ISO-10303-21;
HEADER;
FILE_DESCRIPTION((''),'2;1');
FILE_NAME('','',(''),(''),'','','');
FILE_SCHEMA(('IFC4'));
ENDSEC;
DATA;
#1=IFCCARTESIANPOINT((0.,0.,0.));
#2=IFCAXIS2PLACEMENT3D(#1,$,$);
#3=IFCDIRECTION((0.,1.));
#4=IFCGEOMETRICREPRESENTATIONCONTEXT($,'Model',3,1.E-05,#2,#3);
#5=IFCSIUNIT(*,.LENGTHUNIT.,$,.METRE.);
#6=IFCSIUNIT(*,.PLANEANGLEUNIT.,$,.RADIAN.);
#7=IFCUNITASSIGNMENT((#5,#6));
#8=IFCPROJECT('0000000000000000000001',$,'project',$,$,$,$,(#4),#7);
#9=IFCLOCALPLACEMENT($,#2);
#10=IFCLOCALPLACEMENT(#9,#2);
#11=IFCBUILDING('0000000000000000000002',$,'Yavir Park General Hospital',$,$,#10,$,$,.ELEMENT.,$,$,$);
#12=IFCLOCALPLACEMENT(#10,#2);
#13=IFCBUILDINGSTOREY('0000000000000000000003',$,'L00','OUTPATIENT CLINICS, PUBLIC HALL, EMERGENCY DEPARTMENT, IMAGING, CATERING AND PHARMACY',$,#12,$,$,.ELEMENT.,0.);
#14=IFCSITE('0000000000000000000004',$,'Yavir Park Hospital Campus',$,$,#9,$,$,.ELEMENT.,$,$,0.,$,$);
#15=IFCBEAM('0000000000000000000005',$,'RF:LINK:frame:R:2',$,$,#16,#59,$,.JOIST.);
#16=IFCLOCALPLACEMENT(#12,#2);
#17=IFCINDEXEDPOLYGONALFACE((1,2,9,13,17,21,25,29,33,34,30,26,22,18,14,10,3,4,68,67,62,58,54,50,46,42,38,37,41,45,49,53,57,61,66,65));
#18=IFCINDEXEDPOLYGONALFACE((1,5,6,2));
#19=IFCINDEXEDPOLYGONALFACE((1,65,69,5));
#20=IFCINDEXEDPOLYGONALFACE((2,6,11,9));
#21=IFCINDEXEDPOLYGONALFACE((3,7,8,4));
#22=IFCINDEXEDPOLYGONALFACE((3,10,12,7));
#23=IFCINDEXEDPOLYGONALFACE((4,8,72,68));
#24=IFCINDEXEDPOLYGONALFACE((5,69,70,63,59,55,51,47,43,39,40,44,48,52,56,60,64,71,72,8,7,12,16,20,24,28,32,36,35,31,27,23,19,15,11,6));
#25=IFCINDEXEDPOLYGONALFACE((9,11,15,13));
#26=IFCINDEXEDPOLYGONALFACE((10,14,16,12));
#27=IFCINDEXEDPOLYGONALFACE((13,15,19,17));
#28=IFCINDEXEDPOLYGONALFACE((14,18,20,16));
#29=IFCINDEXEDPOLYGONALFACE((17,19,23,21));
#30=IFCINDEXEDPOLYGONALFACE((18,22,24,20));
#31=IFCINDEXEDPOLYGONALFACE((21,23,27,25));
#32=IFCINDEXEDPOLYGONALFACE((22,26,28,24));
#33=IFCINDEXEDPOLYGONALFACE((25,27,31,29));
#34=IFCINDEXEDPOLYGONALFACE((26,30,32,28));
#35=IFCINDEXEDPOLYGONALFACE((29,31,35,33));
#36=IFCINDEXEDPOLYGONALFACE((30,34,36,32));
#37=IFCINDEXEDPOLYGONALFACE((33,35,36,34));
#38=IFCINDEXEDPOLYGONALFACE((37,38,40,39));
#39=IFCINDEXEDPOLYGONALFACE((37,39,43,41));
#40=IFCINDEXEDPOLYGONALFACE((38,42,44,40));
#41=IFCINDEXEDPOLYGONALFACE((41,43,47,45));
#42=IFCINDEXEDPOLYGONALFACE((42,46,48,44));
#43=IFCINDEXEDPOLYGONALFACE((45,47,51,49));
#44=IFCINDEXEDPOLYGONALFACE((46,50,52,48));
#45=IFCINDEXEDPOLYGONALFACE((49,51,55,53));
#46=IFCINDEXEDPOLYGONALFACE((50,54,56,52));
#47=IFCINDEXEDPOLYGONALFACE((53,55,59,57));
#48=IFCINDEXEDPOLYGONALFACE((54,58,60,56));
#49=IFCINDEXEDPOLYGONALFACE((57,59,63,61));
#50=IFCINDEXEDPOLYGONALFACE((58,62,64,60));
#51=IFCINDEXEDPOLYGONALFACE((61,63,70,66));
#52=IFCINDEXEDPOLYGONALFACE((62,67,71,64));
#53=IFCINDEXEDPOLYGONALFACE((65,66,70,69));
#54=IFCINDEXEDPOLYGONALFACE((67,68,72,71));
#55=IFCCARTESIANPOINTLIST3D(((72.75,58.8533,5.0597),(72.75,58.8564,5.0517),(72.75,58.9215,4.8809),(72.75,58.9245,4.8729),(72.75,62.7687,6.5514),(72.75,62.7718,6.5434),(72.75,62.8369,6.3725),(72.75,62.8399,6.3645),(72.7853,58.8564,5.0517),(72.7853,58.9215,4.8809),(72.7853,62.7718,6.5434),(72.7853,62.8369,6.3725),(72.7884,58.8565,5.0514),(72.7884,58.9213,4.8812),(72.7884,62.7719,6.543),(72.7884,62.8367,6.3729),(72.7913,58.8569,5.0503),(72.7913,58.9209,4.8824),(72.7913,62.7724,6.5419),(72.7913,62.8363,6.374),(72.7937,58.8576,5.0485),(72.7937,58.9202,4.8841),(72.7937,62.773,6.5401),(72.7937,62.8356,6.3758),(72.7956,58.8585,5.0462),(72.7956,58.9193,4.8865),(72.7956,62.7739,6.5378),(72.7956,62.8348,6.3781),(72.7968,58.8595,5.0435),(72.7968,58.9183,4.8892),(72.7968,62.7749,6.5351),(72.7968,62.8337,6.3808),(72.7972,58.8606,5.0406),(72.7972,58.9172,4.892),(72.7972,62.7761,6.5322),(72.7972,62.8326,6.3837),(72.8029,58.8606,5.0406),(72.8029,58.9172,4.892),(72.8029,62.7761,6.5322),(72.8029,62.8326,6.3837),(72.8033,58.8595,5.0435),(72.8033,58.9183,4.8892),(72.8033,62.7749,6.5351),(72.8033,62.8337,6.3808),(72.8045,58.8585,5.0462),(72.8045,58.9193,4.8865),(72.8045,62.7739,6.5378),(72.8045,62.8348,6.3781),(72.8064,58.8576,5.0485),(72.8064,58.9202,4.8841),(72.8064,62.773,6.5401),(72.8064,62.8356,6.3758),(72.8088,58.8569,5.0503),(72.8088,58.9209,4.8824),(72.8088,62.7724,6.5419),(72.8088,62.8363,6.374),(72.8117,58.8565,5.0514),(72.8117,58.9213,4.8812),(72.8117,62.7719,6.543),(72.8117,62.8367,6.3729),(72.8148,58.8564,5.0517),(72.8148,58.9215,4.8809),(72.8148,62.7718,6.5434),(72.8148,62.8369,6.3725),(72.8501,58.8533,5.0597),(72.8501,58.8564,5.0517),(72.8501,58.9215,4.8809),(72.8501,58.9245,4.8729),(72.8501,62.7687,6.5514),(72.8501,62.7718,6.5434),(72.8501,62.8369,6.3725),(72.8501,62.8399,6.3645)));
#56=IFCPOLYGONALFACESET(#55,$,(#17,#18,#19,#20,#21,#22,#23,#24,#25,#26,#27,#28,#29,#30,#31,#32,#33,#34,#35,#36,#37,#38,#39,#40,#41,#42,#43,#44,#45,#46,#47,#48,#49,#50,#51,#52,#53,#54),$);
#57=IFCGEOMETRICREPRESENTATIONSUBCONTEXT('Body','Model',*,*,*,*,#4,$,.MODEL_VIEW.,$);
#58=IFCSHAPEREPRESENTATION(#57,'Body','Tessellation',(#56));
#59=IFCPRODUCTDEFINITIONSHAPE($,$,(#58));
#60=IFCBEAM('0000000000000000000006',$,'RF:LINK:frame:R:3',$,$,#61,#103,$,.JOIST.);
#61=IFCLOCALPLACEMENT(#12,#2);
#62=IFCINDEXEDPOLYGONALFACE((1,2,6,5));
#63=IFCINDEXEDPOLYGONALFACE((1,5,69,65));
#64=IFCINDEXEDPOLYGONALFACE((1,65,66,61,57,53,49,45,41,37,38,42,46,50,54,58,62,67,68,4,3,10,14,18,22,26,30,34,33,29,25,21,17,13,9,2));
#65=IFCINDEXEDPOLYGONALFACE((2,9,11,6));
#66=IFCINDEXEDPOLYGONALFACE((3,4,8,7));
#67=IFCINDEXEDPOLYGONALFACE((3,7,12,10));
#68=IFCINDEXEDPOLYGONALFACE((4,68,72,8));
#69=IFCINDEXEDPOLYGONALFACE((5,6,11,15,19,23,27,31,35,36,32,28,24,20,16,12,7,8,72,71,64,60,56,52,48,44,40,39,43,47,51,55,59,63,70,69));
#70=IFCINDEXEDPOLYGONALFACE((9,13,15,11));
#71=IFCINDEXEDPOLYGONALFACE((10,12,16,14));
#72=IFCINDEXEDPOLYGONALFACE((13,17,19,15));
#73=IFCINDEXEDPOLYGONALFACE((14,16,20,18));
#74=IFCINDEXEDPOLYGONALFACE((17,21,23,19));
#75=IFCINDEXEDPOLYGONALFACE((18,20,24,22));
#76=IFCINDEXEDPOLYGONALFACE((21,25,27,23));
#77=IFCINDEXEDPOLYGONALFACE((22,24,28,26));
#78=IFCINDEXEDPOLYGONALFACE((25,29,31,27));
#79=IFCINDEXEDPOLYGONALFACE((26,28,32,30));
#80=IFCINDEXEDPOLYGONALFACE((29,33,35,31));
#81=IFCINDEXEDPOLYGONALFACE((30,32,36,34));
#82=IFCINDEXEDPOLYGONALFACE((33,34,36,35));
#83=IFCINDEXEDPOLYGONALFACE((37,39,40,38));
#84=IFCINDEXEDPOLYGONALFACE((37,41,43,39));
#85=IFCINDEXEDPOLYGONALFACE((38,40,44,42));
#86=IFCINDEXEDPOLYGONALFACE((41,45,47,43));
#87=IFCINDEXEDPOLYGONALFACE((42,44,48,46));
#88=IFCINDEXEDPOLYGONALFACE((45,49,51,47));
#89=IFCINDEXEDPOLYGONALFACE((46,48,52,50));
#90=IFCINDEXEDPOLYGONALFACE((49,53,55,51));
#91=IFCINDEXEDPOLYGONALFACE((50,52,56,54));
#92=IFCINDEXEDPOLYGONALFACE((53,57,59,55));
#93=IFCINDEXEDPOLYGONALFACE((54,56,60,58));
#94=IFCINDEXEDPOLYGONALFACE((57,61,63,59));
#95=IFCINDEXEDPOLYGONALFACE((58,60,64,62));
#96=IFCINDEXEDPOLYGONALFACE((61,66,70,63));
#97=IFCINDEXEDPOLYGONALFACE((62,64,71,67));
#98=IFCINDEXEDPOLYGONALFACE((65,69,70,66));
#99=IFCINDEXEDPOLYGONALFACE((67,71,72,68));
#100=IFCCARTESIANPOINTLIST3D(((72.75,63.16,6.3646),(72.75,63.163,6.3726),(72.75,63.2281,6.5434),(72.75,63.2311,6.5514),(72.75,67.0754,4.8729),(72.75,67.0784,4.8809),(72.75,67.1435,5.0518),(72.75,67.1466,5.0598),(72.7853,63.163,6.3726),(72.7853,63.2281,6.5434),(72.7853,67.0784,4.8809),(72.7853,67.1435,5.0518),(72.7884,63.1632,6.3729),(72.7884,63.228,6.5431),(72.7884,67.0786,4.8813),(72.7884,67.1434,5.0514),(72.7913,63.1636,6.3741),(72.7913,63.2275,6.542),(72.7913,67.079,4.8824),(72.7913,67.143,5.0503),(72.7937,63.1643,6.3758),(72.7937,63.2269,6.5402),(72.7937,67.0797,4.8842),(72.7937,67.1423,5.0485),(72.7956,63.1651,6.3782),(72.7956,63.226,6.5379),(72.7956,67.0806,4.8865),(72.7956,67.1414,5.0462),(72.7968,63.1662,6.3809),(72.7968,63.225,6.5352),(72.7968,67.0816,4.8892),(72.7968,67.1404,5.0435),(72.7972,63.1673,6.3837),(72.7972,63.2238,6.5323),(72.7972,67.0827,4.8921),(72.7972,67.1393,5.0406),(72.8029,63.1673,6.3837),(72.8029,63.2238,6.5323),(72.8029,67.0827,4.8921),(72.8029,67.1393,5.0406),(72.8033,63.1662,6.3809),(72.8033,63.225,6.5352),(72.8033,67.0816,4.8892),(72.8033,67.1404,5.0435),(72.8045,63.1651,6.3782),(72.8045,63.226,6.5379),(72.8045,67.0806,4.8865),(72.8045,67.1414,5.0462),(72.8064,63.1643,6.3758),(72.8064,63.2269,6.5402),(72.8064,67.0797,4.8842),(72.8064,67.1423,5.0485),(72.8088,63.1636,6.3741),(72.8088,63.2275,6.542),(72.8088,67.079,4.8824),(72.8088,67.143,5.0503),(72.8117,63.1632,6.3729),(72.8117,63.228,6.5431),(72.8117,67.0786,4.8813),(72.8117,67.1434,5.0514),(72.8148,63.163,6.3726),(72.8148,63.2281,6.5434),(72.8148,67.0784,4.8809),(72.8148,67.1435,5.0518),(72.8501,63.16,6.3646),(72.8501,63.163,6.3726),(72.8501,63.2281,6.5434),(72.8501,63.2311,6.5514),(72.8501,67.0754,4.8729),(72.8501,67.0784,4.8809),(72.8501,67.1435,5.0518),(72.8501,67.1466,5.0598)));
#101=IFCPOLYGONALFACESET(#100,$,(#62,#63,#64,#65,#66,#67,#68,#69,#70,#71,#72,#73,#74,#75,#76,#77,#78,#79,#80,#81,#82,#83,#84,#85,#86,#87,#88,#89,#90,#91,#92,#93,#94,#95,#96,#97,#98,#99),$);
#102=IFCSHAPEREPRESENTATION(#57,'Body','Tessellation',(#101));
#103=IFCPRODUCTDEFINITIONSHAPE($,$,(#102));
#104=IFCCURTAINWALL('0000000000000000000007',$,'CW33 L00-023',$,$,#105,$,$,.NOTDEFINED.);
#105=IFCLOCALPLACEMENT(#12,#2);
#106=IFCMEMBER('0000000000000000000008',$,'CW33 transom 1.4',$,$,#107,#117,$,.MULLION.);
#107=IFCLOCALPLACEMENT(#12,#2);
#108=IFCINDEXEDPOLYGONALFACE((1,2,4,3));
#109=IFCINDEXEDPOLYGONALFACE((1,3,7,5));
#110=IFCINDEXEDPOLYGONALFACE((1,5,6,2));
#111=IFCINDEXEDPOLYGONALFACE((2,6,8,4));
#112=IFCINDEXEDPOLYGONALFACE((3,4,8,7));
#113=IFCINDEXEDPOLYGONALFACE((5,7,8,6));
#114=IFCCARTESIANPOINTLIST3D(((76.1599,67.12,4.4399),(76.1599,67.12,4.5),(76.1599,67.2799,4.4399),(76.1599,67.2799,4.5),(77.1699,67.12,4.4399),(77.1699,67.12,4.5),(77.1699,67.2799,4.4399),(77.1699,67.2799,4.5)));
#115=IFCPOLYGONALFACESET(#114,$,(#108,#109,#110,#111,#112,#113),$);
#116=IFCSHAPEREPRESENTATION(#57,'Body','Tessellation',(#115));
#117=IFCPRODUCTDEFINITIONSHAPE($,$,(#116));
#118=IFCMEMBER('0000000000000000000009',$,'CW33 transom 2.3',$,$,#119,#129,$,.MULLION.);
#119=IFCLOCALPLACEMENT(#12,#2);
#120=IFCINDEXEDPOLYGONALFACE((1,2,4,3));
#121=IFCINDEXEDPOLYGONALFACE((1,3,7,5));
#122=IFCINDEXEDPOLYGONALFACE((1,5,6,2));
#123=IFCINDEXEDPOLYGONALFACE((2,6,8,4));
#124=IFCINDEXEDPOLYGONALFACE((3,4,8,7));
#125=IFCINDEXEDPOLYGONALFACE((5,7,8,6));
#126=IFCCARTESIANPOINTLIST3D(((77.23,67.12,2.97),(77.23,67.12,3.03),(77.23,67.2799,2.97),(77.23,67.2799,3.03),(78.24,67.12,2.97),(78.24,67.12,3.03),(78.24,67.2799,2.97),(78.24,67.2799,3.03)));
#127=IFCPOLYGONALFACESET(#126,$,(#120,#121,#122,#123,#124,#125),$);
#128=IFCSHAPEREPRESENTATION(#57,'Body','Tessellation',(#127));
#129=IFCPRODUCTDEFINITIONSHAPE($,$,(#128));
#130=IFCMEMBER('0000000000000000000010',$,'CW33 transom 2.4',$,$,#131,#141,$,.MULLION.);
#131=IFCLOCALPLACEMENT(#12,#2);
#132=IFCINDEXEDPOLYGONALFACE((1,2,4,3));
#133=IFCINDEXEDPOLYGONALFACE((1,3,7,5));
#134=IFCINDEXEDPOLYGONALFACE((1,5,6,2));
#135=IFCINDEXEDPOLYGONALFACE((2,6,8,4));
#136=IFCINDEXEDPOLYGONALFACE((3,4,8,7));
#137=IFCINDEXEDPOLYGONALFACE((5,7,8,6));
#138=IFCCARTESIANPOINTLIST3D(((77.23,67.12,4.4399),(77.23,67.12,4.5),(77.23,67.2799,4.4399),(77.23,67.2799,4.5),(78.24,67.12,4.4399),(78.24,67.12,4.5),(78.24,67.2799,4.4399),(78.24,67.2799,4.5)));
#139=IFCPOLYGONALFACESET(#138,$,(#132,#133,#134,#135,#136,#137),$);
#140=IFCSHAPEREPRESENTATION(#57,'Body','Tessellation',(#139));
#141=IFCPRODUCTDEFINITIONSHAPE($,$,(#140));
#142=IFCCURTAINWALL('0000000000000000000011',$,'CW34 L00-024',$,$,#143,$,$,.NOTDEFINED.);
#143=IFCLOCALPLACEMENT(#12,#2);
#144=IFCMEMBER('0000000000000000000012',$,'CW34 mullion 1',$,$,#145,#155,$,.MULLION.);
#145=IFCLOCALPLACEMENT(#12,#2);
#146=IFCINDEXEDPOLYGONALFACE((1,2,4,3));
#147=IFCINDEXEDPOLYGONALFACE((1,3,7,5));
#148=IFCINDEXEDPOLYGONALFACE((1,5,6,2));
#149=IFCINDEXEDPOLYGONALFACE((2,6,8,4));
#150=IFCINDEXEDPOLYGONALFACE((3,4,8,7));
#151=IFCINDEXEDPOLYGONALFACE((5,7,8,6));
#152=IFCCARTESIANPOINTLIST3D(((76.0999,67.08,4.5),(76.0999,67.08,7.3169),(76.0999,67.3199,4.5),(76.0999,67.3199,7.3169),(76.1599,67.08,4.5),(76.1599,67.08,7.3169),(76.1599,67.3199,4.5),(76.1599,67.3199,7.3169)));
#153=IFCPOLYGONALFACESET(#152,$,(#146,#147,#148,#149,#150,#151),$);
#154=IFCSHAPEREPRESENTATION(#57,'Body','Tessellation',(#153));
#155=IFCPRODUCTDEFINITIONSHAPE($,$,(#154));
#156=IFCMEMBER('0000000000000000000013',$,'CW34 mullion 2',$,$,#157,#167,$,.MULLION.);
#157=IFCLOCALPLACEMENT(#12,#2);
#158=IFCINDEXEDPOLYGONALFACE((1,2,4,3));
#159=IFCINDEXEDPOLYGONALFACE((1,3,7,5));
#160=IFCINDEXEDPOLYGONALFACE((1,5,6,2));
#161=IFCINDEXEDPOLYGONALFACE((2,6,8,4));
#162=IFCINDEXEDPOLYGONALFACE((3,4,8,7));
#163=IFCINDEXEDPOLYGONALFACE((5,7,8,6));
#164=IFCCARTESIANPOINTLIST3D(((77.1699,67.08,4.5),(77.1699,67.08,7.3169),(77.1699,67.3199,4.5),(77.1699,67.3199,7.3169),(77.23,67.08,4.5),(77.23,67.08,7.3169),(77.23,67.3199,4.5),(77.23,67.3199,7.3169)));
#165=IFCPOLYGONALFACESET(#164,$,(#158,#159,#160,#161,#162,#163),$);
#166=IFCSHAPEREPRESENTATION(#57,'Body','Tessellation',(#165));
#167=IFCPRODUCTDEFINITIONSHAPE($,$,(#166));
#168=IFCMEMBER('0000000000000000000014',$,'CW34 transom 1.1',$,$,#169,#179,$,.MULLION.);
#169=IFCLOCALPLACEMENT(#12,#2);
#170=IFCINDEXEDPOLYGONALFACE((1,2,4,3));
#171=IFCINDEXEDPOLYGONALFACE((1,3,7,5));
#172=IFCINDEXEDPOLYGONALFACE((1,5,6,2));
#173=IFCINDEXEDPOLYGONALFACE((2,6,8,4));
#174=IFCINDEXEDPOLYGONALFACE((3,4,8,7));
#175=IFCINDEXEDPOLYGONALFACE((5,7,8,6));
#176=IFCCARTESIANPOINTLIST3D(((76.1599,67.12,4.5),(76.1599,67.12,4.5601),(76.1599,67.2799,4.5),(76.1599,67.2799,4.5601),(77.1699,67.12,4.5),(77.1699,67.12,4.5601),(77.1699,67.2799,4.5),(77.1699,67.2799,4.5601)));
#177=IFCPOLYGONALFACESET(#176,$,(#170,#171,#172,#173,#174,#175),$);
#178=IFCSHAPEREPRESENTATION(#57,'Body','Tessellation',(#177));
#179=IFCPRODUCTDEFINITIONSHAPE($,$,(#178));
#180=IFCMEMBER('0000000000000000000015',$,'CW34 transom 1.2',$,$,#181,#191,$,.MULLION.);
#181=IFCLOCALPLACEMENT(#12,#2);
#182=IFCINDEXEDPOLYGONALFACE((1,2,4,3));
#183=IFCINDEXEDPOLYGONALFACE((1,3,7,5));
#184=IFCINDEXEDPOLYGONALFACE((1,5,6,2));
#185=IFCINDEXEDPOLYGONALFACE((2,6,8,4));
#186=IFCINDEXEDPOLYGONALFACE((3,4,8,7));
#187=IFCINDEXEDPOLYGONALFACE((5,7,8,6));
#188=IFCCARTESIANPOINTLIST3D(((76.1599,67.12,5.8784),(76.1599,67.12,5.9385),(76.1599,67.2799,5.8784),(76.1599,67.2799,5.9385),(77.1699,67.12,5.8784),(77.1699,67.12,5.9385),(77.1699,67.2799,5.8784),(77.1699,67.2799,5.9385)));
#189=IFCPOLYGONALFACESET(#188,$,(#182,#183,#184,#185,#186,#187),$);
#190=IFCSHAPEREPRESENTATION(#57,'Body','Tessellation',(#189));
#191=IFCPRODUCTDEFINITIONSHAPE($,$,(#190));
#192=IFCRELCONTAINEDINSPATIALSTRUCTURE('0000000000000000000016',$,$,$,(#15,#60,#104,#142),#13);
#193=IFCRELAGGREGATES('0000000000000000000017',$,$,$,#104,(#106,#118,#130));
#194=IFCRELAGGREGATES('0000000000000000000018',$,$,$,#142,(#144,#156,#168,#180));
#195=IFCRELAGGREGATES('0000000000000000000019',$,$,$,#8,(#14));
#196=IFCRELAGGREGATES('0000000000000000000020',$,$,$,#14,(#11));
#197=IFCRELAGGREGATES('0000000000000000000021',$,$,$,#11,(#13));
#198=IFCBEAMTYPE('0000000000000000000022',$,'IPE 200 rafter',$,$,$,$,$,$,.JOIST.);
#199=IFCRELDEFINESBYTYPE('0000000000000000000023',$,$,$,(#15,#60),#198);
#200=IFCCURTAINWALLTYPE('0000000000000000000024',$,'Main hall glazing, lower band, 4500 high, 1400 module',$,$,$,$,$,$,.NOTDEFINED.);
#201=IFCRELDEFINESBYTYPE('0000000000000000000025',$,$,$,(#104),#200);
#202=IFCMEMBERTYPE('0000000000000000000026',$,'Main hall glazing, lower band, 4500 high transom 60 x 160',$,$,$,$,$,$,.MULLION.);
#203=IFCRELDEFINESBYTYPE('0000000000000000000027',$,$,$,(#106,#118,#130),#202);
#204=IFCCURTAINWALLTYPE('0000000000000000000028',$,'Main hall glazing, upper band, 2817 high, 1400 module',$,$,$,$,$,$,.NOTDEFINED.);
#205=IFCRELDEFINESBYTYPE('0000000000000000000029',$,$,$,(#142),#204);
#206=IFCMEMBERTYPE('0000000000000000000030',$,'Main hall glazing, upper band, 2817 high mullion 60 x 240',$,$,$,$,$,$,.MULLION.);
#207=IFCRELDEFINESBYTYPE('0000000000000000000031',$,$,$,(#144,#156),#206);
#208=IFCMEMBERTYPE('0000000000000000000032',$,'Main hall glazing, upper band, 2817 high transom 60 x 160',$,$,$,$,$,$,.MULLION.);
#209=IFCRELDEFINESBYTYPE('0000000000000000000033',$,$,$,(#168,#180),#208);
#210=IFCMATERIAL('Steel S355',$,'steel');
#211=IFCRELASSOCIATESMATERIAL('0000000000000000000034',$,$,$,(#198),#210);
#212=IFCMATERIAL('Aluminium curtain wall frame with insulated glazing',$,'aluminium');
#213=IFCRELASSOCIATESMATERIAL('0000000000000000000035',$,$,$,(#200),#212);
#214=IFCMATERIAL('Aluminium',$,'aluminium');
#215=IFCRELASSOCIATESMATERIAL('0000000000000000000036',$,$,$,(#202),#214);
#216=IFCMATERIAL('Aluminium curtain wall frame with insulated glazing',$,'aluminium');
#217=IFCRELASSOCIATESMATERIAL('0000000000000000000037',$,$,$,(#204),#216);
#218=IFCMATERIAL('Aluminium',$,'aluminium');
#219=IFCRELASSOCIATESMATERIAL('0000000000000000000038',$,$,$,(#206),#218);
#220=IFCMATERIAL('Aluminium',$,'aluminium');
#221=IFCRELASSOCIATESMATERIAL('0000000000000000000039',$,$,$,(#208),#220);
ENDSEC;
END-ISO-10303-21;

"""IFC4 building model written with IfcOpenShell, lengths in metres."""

from ifc_helpers import new_model, si_unit, direction, frame, origin, origin_2d, place, context, subcontext, project, spatial, rectangle, i_section, extrude, material, material_profile, profile_set, type_object, element, aggregate, save


model = new_model("IFC4")

# Units and contexts
model_context = context("Model", 3, precision=1e-05, world=origin(), true_north=direction((0.0, 1.0)))
body_context = subcontext(model_context, "Body", "Model", "MODEL_VIEW")
ifc_project = project(units=[si_unit("LENGTHUNIT", "METRE"), si_unit("PLANEANGLEUNIT", "RADIAN")], contexts=[model_context])

# Site, building, storey
site_placement = place(None, origin())
site = spatial("IfcSite", under=ifc_project, at=site_placement, Name="Yavir Park Hospital Campus", CompositionType="ELEMENT", RefElevation=0.0)
building_placement = place(site_placement, origin())
building = spatial("IfcBuilding", under=site, at=building_placement, Name="Yavir Park General Hospital", CompositionType="ELEMENT")
storey_placement = place(building_placement, origin())
storey = spatial("IfcBuildingStorey", under=building, at=storey_placement, Name="L00", Description="OUTPATIENT CLINICS, PUBLIC HALL, EMERGENCY DEPARTMENT, IMAGING, CATERING AND PHARMACY", CompositionType="ELEMENT", Elevation=0.0)

# Beams
ifc_material_1 = material(Name="Steel S355", Category="steel")
ifc_material_profile_1 = material_profile(ifc_material_1, i_section(OverallWidth=0.1001, OverallDepth=0.2, WebThickness=0.0056, FlangeThickness=0.0085, FilletRadius=0.012, at=origin_2d()), Name="IPE200")
ifc_profile_set_1 = profile_set([ifc_material_profile_1], Name="Steel S355")
beam_type_1 = type_object("IfcBeamType", Name="IPE 200 rafter", PredefinedType="JOIST", material=ifc_profile_set_1)
for number, where, z_axis, x_axis, name in (
    (1, (72.8, 58.8889, 4.9663), (0.0, 0.934482, 0.35601), (-1.0, 0.0, 0.0), "RF:LINK:frame:R:2"),
    (2, (72.8, 63.1956, 6.458), (0.0, 0.934482, -0.35601), (-1.0, 0.0, 0.0), "RF:LINK:frame:R:3"),
):
    element("IfcBeam", number, at=place(storey_placement, frame(where, z_axis=z_axis, x_axis=x_axis)), inside=storey, type_object=beam_type_1, Name=name, PredefinedType="JOIST", context=body_context, shape_type="SweptSolid", body=[
        extrude(i_section(OverallWidth=0.1001, OverallDepth=0.2, WebThickness=0.0056, FlangeThickness=0.0085, FilletRadius=0.012, at=origin_2d()), origin(), (0.0, 0.0, 1.0), 4.1899),
    ])

# Curtain walls, members
ifc_material_2 = material(Name="Aluminium curtain wall frame with insulated glazing", Category="aluminium")
curtain_wall_type_1 = type_object("IfcCurtainWallType", Name="Main hall glazing, lower band, 4500 high, 1400 module", PredefinedType="NOTDEFINED", material=ifc_material_2)
curtain_wall_1_placement = place(storey_placement, origin())
curtain_wall_1 = element("IfcCurtainWall", 3, at=curtain_wall_1_placement, inside=storey, type_object=curtain_wall_type_1, Name="CW33 L00-023", PredefinedType="NOTDEFINED")
ifc_material_3 = material(Name="Aluminium", Category="aluminium")
ifc_material_profile_2 = material_profile(ifc_material_3, rectangle(XDim=0.1599, YDim=0.0601, at=origin_2d()), Name="AL 160x60")
ifc_profile_set_2 = profile_set([ifc_material_profile_2], Name="Aluminium")
member_type_1 = type_object("IfcMemberType", Name="Main hall glazing, lower band, 4500 high transom 60 x 160", PredefinedType="MULLION", material=ifc_profile_set_2)
member_1_placement = place(storey_placement, frame((76.1599, 67.2, 4.47), z_axis=(1.0, 0.0, 0.0), x_axis=(0.0, 1.0, 0.0)))
member_1 = element("IfcMember", 4, at=member_1_placement, type_object=member_type_1, Name="CW33 transom 1.4", PredefinedType="MULLION", context=body_context, shape_type="SweptSolid", body=[
    extrude(rectangle(XDim=0.1599, YDim=0.0601, at=origin_2d()), origin(), (0.0, 0.0, 1.0), 1.01),
])
member_2_placement = place(storey_placement, frame((77.23, 67.2, 3.0), z_axis=(1.0, 0.0, 0.0), x_axis=(0.0, 1.0, 0.0)))
member_2 = element("IfcMember", 5, at=member_2_placement, type_object=member_type_1, Name="CW33 transom 2.3", PredefinedType="MULLION", context=body_context, shape_type="SweptSolid", body=[
    extrude(rectangle(XDim=0.1599, YDim=0.0601, at=origin_2d()), origin(), (0.0, 0.0, 1.0), 1.01),
])
member_3_placement = place(storey_placement, frame((77.23, 67.2, 4.47), z_axis=(1.0, 0.0, 0.0), x_axis=(0.0, 1.0, 0.0)))
member_3 = element("IfcMember", 6, at=member_3_placement, type_object=member_type_1, Name="CW33 transom 2.4", PredefinedType="MULLION", context=body_context, shape_type="SweptSolid", body=[
    extrude(rectangle(XDim=0.1599, YDim=0.0601, at=origin_2d()), origin(), (0.0, 0.0, 1.0), 1.01),
])
ifc_material_4 = material(Name="Aluminium curtain wall frame with insulated glazing", Category="aluminium")
curtain_wall_type_2 = type_object("IfcCurtainWallType", Name="Main hall glazing, upper band, 2817 high, 1400 module", PredefinedType="NOTDEFINED", material=ifc_material_4)
curtain_wall_2_placement = place(storey_placement, origin())
curtain_wall_2 = element("IfcCurtainWall", 7, at=curtain_wall_2_placement, inside=storey, type_object=curtain_wall_type_2, Name="CW34 L00-024", PredefinedType="NOTDEFINED")
ifc_material_5 = material(Name="Aluminium", Category="aluminium")
ifc_material_profile_3 = material_profile(ifc_material_5, rectangle(XDim=0.24, YDim=0.0601, at=origin_2d()), Name="AL 60x240")
ifc_profile_set_3 = profile_set([ifc_material_profile_3], Name="Aluminium")
member_type_2 = type_object("IfcMemberType", Name="Main hall glazing, upper band, 2817 high mullion 60 x 240", PredefinedType="MULLION", material=ifc_profile_set_3)
member_4_placement = place(storey_placement, frame((76.1299, 67.2, 4.5), z_axis=(0.0, 0.0, 1.0), x_axis=(0.0, 1.0, 0.0)))
member_4 = element("IfcMember", 8, at=member_4_placement, type_object=member_type_2, Name="CW34 mullion 1", PredefinedType="MULLION", context=body_context, shape_type="SweptSolid", body=[
    extrude(rectangle(XDim=0.24, YDim=0.0601, at=origin_2d()), origin(), (0.0, 0.0, 1.0), 2.8169),
])
member_5_placement = place(storey_placement, frame((77.2, 67.2, 4.5), z_axis=(0.0, 0.0, 1.0), x_axis=(0.0, 1.0, 0.0)))
member_5 = element("IfcMember", 9, at=member_5_placement, type_object=member_type_2, Name="CW34 mullion 2", PredefinedType="MULLION", context=body_context, shape_type="SweptSolid", body=[
    extrude(rectangle(XDim=0.24, YDim=0.0601, at=origin_2d()), origin(), (0.0, 0.0, 1.0), 2.8169),
])
ifc_material_6 = material(Name="Aluminium", Category="aluminium")
ifc_material_profile_4 = material_profile(ifc_material_6, rectangle(XDim=0.1599, YDim=0.0601, at=origin_2d()), Name="AL 160x60")
ifc_profile_set_4 = profile_set([ifc_material_profile_4], Name="Aluminium")
member_type_3 = type_object("IfcMemberType", Name="Main hall glazing, upper band, 2817 high transom 60 x 160", PredefinedType="MULLION", material=ifc_profile_set_4)
member_6_placement = place(storey_placement, frame((76.1599, 67.2, 4.53), z_axis=(1.0, 0.0, 0.0), x_axis=(0.0, 1.0, 0.0)))
member_6 = element("IfcMember", 10, at=member_6_placement, type_object=member_type_3, Name="CW34 transom 1.1", PredefinedType="MULLION", context=body_context, shape_type="SweptSolid", body=[
    extrude(rectangle(XDim=0.1599, YDim=0.0601, at=origin_2d()), origin(), (0.0, 0.0, 1.0), 1.01),
])
member_7_placement = place(storey_placement, frame((76.1599, 67.2, 5.9084), z_axis=(1.0, 0.0, 0.0), x_axis=(0.0, 1.0, 0.0)))
member_7 = element("IfcMember", 11, at=member_7_placement, type_object=member_type_3, Name="CW34 transom 1.2", PredefinedType="MULLION", context=body_context, shape_type="SweptSolid", body=[
    extrude(rectangle(XDim=0.1599, YDim=0.0601, at=origin_2d()), origin(), (0.0, 0.0, 1.0), 1.01),
])

aggregate(curtain_wall_1, [member_1, member_2, member_3])
aggregate(curtain_wall_2, [member_4, member_5, member_6, member_7])

save(model, "model.ifc")
